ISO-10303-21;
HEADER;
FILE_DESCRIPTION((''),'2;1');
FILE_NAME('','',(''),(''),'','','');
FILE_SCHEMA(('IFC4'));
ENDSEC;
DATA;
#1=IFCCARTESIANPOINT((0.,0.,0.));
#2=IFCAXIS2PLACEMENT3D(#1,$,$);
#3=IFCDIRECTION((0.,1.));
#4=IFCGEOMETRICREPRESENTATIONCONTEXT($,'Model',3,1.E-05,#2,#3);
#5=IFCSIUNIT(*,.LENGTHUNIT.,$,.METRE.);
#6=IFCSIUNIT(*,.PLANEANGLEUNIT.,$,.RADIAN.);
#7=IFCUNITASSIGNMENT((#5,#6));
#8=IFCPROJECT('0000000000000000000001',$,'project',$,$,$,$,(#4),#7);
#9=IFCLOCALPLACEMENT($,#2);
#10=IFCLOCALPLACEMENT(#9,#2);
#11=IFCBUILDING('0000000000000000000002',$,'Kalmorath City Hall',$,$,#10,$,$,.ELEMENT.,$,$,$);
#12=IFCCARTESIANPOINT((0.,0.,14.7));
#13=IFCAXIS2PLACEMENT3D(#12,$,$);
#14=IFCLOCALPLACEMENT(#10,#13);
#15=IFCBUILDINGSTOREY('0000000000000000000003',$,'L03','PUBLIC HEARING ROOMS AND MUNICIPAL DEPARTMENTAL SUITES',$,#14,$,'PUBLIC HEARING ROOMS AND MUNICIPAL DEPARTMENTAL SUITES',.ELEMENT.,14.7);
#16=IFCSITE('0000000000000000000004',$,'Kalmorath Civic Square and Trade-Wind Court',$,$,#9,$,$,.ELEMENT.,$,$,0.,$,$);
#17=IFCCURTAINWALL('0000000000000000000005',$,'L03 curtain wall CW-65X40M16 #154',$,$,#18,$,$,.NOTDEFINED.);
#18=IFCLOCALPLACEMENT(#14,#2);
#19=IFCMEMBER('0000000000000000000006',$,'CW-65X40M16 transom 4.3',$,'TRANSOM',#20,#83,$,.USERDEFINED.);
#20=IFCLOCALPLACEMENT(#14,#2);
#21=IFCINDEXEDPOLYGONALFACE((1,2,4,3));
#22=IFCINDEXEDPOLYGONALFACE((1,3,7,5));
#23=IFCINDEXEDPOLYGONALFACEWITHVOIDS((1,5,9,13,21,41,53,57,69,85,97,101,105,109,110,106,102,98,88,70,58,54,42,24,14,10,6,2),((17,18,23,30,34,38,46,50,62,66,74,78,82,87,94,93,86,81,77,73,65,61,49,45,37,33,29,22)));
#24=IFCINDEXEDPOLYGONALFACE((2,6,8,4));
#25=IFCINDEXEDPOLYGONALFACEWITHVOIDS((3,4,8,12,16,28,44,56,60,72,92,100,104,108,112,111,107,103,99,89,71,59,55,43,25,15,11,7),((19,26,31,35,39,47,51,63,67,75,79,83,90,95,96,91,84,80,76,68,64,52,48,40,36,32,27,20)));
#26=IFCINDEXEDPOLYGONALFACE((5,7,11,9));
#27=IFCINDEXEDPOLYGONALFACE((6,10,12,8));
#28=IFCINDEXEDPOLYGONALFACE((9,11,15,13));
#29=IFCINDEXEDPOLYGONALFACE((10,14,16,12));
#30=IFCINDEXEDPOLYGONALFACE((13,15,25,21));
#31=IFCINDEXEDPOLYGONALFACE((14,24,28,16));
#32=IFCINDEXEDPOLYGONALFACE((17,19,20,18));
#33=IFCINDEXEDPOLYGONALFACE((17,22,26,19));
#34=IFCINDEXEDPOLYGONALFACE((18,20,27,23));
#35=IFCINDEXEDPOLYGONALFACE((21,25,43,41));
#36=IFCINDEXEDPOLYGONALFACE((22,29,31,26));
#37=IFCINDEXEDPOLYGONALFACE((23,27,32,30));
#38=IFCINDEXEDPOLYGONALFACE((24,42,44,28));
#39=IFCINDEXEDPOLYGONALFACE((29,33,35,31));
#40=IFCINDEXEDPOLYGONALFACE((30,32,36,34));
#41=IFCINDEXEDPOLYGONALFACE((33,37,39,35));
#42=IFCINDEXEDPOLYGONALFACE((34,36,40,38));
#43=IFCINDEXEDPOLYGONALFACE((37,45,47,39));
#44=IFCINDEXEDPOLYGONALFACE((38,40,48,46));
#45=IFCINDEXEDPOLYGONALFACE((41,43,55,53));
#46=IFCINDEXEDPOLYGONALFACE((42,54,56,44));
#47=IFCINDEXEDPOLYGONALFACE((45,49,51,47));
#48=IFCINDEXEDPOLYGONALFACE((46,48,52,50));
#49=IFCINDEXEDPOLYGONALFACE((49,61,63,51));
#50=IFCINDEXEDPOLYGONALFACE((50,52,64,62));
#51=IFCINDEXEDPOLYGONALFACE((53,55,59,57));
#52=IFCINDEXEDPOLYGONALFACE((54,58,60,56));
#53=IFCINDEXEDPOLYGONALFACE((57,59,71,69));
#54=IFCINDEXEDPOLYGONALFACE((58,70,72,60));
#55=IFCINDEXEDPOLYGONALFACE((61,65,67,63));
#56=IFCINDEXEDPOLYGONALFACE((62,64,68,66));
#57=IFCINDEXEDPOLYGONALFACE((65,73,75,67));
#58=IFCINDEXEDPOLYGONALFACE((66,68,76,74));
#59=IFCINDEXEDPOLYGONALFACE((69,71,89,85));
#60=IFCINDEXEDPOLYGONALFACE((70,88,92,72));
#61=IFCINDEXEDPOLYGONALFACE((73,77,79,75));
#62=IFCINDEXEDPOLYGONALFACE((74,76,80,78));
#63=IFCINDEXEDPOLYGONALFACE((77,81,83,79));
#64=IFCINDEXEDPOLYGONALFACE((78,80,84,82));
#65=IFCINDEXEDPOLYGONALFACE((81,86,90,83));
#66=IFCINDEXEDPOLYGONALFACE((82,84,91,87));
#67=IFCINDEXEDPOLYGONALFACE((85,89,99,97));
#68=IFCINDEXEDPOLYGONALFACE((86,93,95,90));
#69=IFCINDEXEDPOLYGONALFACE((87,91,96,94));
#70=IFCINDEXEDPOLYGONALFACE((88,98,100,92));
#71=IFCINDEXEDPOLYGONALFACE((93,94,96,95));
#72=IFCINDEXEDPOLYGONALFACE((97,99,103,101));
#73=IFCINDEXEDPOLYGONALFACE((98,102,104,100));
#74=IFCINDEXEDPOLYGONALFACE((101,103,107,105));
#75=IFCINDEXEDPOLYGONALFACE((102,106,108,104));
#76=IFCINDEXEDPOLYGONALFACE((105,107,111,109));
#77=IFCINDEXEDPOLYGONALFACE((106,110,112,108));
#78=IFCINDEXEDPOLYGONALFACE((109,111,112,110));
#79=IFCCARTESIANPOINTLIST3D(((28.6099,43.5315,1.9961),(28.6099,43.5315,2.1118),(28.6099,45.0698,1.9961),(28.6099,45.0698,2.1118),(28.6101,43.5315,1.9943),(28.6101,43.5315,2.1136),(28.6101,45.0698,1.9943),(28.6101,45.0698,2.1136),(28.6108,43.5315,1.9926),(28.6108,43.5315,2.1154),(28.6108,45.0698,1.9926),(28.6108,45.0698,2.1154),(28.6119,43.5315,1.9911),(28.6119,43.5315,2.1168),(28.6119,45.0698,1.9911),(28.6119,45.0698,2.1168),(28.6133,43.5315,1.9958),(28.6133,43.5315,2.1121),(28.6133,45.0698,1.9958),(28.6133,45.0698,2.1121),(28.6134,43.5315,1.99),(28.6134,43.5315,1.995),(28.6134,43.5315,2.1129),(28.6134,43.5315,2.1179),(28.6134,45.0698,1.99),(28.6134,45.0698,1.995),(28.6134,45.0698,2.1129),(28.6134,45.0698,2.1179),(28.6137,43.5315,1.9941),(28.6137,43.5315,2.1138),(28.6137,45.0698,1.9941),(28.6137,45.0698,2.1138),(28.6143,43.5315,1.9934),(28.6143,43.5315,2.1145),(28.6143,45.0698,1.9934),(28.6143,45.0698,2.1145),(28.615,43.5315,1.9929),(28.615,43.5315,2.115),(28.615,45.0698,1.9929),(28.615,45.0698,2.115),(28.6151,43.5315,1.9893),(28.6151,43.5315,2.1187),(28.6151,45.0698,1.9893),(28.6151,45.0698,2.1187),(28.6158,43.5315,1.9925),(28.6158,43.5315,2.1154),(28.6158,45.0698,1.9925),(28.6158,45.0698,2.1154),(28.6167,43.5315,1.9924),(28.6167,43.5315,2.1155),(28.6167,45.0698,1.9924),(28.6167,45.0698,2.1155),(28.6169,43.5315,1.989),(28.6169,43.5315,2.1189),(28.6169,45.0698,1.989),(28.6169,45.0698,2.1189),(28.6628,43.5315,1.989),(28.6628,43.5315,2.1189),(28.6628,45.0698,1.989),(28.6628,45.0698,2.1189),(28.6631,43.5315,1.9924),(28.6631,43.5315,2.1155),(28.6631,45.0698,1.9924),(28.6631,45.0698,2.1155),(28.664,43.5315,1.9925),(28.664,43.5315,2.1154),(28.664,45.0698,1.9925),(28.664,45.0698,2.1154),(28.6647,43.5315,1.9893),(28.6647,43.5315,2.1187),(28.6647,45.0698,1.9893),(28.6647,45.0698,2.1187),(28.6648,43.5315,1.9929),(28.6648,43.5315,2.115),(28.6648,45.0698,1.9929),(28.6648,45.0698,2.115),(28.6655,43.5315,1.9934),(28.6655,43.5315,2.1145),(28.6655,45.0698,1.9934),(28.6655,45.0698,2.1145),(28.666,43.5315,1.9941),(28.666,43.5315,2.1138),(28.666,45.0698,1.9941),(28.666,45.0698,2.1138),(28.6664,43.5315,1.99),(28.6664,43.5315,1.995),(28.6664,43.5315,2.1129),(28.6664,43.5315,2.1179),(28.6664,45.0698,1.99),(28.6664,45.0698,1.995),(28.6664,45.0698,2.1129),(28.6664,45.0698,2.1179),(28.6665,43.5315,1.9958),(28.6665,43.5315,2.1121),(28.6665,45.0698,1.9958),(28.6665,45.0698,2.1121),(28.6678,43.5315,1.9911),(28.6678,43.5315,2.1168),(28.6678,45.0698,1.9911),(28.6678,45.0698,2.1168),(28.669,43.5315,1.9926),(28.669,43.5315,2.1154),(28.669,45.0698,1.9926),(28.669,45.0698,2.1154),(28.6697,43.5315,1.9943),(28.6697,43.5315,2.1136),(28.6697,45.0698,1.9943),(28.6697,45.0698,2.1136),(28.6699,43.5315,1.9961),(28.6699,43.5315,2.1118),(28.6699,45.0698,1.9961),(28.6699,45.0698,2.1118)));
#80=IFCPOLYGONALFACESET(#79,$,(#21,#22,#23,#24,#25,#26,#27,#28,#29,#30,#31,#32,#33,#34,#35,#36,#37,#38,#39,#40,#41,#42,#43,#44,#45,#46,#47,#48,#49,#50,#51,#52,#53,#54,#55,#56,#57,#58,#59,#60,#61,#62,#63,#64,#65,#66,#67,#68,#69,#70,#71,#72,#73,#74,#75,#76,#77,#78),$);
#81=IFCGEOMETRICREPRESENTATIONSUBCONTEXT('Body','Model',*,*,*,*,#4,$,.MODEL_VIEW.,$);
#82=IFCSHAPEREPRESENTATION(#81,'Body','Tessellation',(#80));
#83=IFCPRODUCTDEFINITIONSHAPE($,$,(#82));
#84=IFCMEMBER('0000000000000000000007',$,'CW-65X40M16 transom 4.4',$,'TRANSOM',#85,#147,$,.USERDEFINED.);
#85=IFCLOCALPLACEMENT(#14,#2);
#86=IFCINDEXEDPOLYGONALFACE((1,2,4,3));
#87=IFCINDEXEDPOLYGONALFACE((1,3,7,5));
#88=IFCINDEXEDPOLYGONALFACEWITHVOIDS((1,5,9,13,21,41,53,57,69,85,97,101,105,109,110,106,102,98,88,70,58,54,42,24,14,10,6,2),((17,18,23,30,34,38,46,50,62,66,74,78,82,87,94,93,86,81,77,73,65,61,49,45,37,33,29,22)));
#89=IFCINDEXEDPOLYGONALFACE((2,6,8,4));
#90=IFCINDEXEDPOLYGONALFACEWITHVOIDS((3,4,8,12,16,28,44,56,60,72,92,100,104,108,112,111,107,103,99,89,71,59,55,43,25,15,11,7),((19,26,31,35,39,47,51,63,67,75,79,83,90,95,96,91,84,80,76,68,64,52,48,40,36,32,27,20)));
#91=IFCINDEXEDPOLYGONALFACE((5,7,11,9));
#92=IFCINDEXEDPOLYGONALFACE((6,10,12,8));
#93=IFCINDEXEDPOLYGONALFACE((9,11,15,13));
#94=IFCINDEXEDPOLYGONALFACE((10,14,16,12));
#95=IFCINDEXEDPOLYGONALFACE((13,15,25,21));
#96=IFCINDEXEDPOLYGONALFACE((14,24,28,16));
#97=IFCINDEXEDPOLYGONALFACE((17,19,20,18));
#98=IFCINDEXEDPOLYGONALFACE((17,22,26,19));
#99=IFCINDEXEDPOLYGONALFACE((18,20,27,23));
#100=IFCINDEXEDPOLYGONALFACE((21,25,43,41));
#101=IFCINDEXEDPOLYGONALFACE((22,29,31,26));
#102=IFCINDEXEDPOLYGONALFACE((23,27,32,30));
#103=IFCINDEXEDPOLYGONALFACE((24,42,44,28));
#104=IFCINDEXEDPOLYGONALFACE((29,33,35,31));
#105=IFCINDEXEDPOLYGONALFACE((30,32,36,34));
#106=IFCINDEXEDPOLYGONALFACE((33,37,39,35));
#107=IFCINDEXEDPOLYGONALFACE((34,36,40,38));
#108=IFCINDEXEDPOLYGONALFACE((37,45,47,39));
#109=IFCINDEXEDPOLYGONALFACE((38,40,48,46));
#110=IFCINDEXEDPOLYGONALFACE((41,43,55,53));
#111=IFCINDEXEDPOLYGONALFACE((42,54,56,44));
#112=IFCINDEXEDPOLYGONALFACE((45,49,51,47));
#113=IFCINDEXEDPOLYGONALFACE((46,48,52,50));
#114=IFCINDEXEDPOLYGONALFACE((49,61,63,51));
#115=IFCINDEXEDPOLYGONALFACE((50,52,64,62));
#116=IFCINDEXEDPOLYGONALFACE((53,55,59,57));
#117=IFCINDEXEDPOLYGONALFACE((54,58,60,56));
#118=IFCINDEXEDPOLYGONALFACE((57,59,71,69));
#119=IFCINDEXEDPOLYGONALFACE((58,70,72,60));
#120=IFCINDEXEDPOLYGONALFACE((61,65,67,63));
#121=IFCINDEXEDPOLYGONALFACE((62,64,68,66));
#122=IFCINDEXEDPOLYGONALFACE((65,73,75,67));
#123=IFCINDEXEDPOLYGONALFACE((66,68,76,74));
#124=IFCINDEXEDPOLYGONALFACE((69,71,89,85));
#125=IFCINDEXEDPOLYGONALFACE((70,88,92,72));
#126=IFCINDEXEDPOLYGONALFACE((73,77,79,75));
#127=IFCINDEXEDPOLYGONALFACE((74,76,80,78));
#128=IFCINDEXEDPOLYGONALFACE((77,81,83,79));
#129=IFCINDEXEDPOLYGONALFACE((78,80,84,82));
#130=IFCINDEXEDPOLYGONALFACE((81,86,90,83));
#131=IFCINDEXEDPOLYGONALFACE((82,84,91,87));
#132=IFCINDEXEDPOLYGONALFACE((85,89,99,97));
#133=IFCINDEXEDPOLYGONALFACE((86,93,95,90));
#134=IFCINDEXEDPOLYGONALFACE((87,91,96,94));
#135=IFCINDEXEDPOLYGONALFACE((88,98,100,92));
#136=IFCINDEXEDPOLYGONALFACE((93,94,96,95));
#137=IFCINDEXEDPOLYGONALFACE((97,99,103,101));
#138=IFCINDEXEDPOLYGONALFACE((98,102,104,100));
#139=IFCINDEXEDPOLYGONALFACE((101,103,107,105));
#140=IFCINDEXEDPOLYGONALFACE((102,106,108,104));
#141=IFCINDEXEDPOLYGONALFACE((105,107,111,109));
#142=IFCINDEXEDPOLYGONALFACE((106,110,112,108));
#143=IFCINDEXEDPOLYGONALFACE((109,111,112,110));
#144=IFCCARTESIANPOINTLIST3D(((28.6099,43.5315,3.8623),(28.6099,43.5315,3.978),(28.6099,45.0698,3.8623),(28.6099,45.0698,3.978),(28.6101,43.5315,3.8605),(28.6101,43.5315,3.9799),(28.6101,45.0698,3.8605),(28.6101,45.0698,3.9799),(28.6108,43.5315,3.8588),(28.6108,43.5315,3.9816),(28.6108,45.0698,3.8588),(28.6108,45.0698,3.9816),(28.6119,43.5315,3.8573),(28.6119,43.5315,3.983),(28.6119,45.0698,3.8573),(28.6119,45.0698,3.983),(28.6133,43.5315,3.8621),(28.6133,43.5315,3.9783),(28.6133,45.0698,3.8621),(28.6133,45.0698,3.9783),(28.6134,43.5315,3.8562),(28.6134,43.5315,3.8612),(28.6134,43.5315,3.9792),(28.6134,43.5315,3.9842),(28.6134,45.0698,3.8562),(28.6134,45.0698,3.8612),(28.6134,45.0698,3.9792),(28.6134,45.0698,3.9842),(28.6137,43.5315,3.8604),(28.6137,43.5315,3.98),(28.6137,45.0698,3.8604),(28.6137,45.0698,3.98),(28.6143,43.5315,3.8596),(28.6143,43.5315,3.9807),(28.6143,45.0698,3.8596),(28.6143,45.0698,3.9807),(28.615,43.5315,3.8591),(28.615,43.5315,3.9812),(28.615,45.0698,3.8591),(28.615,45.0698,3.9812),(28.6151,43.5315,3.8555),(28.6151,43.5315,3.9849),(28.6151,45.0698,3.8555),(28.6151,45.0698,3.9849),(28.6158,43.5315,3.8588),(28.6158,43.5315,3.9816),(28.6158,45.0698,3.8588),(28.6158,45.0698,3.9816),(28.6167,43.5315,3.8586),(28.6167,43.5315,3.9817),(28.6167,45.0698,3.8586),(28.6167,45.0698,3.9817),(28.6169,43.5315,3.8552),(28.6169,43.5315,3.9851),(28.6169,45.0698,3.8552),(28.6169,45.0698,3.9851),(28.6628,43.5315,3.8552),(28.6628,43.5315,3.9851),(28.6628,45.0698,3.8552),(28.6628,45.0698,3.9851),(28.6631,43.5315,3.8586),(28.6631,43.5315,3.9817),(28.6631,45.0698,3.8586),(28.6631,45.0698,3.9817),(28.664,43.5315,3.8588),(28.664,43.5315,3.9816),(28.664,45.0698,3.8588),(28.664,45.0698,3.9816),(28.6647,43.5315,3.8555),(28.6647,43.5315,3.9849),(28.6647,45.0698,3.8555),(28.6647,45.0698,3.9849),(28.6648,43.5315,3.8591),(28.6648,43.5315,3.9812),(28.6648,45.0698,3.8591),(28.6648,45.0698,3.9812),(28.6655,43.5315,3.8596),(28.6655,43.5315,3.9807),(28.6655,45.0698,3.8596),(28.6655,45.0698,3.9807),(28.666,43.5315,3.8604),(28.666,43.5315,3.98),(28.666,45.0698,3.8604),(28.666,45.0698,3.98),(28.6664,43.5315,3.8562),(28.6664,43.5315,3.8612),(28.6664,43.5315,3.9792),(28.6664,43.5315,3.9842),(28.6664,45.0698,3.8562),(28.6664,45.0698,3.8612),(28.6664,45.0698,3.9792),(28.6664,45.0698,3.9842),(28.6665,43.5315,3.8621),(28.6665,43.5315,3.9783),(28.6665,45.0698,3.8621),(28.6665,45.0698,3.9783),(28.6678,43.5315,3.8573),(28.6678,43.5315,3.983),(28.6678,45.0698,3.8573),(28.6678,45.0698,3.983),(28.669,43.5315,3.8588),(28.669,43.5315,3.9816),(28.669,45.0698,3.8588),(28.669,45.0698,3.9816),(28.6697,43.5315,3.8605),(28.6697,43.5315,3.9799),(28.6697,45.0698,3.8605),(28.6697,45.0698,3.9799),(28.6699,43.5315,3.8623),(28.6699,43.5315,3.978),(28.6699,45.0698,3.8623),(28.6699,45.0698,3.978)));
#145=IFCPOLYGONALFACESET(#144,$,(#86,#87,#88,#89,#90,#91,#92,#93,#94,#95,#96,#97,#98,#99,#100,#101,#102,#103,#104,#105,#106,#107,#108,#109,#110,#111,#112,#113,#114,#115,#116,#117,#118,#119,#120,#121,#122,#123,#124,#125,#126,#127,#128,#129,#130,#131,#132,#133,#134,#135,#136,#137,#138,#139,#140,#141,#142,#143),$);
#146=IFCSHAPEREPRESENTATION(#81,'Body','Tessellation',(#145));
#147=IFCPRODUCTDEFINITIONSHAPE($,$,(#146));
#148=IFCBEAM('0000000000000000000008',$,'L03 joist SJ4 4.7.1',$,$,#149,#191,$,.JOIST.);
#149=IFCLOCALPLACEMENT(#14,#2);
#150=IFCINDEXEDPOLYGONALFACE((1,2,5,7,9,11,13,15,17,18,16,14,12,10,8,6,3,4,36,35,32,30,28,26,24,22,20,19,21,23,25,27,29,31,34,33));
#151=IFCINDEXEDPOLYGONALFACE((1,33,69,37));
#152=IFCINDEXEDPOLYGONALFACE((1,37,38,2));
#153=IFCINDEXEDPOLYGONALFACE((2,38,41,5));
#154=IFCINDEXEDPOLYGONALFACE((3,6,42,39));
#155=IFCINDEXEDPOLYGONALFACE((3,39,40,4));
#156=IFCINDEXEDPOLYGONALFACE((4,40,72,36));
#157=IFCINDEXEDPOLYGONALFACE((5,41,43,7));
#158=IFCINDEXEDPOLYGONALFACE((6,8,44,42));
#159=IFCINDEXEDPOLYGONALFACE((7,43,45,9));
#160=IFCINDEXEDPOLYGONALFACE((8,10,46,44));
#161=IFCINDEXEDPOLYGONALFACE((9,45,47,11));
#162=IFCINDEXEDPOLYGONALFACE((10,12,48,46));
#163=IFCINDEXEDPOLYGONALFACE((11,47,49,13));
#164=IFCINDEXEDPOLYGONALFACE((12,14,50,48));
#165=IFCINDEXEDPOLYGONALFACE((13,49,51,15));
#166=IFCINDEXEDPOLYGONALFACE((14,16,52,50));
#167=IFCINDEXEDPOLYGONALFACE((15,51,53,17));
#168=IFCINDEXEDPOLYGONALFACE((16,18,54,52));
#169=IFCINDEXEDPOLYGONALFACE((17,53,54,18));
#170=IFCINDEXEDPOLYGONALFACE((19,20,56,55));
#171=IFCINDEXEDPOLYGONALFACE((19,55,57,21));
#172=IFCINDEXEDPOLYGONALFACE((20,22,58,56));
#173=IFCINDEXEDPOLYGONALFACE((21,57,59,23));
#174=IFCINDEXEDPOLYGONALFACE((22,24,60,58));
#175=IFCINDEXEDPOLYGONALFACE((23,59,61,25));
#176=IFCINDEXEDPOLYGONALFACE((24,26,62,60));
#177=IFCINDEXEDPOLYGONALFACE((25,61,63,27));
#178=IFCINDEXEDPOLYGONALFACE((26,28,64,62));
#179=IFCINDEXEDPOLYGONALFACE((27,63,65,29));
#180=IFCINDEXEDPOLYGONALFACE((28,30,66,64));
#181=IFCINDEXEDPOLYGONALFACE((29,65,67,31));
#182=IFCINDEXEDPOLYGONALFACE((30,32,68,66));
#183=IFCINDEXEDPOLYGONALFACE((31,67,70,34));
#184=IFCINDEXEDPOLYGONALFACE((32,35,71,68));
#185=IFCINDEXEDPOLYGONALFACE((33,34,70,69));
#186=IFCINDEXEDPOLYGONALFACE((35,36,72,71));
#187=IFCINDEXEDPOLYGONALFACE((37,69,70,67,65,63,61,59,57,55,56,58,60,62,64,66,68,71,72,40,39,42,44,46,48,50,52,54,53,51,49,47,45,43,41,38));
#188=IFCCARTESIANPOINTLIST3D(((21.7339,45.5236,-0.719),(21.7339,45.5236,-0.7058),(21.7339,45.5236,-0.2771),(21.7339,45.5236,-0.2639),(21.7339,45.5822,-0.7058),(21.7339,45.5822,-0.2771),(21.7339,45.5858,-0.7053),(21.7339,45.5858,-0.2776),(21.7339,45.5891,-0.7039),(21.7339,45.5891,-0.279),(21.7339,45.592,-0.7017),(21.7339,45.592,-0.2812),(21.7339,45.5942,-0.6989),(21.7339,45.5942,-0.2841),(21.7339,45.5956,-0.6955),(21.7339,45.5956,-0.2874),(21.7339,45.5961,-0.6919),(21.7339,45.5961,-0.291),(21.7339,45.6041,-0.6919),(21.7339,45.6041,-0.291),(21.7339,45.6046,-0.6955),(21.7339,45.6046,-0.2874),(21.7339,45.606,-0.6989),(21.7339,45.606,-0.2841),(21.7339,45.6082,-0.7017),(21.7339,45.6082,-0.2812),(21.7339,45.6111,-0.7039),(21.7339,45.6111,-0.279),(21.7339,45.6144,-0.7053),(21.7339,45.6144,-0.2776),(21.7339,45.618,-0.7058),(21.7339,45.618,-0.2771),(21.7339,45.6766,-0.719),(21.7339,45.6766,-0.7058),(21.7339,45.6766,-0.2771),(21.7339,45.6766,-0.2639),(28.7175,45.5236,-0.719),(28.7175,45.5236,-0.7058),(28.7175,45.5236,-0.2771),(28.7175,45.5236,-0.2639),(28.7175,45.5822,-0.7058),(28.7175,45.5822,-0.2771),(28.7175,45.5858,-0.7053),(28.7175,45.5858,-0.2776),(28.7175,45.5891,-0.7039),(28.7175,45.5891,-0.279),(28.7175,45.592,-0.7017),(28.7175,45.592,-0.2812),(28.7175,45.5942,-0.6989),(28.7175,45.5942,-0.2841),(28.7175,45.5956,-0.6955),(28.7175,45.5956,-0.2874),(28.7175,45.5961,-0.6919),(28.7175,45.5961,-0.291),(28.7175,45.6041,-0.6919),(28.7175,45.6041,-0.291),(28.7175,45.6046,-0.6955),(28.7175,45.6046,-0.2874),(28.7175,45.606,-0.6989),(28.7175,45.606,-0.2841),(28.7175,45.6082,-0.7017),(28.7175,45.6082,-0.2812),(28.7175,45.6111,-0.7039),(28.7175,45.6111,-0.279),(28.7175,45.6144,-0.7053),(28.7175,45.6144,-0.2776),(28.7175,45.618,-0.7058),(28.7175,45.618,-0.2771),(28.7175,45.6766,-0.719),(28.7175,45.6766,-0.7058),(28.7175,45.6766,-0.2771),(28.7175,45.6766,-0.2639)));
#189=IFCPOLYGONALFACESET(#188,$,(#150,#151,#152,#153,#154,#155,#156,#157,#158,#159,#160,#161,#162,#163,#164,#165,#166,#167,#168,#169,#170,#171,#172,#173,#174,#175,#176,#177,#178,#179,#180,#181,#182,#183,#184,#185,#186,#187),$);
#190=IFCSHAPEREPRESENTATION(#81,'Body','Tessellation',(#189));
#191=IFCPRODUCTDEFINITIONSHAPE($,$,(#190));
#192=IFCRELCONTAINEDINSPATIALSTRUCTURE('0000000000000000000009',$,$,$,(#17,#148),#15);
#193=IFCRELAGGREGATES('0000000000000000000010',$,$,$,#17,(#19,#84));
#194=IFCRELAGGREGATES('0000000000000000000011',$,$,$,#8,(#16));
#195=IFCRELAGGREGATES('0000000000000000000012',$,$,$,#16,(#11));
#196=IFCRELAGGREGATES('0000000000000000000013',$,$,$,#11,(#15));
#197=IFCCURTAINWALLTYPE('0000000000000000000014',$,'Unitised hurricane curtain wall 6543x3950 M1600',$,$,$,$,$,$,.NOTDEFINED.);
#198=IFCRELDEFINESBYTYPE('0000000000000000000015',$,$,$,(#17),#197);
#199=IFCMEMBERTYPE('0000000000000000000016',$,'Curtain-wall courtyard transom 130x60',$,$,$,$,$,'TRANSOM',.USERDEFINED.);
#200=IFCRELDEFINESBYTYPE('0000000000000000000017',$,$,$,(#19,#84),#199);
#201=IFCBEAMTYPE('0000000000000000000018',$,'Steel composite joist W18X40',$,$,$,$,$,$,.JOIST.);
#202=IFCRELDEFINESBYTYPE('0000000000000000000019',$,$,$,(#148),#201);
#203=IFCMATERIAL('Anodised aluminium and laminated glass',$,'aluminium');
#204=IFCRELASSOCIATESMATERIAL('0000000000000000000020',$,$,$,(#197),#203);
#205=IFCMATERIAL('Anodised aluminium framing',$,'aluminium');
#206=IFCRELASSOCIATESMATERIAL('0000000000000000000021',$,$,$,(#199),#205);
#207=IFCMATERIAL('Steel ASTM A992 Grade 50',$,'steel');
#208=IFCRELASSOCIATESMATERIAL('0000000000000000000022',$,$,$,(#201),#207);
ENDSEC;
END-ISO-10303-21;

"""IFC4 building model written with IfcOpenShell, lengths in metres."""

from ifc_helpers import new_model, si_unit, direction, frame, origin, origin_2d, place, context, subcontext, project, spatial, hollow_rectangle, i_section, extrude, material, material_profile, profile_set, type_object, element, aggregate, save


model = new_model("IFC4")

# Units and contexts
model_context = context("Model", 3, precision=1e-05, world=origin(), true_north=direction((0.0, 1.0)))
body_context = subcontext(model_context, "Body", "Model", "MODEL_VIEW")
ifc_project = project(units=[si_unit("LENGTHUNIT", "METRE"), si_unit("PLANEANGLEUNIT", "RADIAN")], contexts=[model_context])

# Site, building, storey
site_placement = place(None, origin())
site = spatial("IfcSite", under=ifc_project, at=site_placement, Name="Kalmorath Civic Square and Trade-Wind Court", CompositionType="ELEMENT", RefElevation=0.0)
building_placement = place(site_placement, origin())
building = spatial("IfcBuilding", under=site, at=building_placement, Name="Kalmorath City Hall", CompositionType="ELEMENT")
storey_placement = place(building_placement, frame((0.0, 0.0, 14.7)))
storey = spatial("IfcBuildingStorey", under=building, at=storey_placement, Name="L03", Description="PUBLIC HEARING ROOMS AND MUNICIPAL DEPARTMENTAL SUITES", LongName="PUBLIC HEARING ROOMS AND MUNICIPAL DEPARTMENTAL SUITES", CompositionType="ELEMENT", Elevation=14.7)

# Curtain wall, members
ifc_material_1 = material(Name="Anodised aluminium and laminated glass", Category="aluminium")
curtain_wall_type = type_object("IfcCurtainWallType", Name="Unitised hurricane curtain wall 6543x3950 M1600", PredefinedType="NOTDEFINED", material=ifc_material_1)
curtain_wall_placement = place(storey_placement, origin())
curtain_wall = element("IfcCurtainWall", 1, at=curtain_wall_placement, inside=storey, type_object=curtain_wall_type, Name="L03 curtain wall CW-65X40M16 #154", PredefinedType="NOTDEFINED")
ifc_material_2 = material(Name="Anodised aluminium framing", Category="aluminium")
ifc_material_profile_1 = material_profile(ifc_material_2, hollow_rectangle(XDim=0.0601, YDim=0.1299, WallThickness=0.0034, InnerFilletRadius=0.0034, OuterFilletRadius=0.0071, at=origin_2d()), Name="ALU-TRN-130X60X3.5")
ifc_profile_set_1 = profile_set([ifc_material_profile_1], Name="Anodised aluminium framing")
member_type_1 = type_object("IfcMemberType", Name="Curtain-wall courtyard transom 130x60", ElementType="TRANSOM", PredefinedType="USERDEFINED", material=ifc_profile_set_1)
member_1_placement = place(storey_placement, frame((28.6399, 45.0698, 2.054), z_axis=(0.0, -1.0, 0.0), x_axis=(1.0, 0.0, 0.0)))
member_1 = element("IfcMember", 2, at=member_1_placement, type_object=member_type_1, Name="CW-65X40M16 transom 4.3", ObjectType="TRANSOM", PredefinedType="USERDEFINED", context=body_context, shape_type="SweptSolid", body=[
    extrude(hollow_rectangle(XDim=0.0601, YDim=0.1299, WallThickness=0.0034, InnerFilletRadius=0.0034, OuterFilletRadius=0.0071, at=origin_2d()), origin(), (0.0, 0.0, 1.0), 1.5383),
])
member_2_placement = place(storey_placement, frame((28.6399, 45.0698, 3.9202), z_axis=(0.0, -1.0, 0.0), x_axis=(1.0, 0.0, 0.0)))
member_2 = element("IfcMember", 3, at=member_2_placement, type_object=member_type_1, Name="CW-65X40M16 transom 4.4", ObjectType="TRANSOM", PredefinedType="USERDEFINED", context=body_context, shape_type="SweptSolid", body=[
    extrude(hollow_rectangle(XDim=0.0601, YDim=0.1299, WallThickness=0.0034, InnerFilletRadius=0.0034, OuterFilletRadius=0.0071, at=origin_2d()), origin(), (0.0, 0.0, 1.0), 1.5383),
])

# Beam
ifc_material_3 = material(Name="Steel ASTM A992 Grade 50", Category="steel")
ifc_material_profile_2 = material_profile(ifc_material_3, i_section(OverallWidth=0.1531, OverallDepth=0.4551, WebThickness=0.0081, FlangeThickness=0.0132, FilletRadius=0.0139, at=origin_2d()), Name="W18X40")
ifc_profile_set_2 = profile_set([ifc_material_profile_2], Name="Steel ASTM A992 Grade 50")
beam_type_1 = type_object("IfcBeamType", Name="Steel composite joist W18X40", PredefinedType="JOIST", material=ifc_profile_set_2)
beam_1_placement = place(storey_placement, frame((21.7339, 45.6001, -0.4915), z_axis=(1.0, 0.0, 0.0), x_axis=(0.0, 1.0, 0.0)))
element("IfcBeam", 4, at=beam_1_placement, inside=storey, type_object=beam_type_1, Name="L03 joist SJ4 4.7.1", PredefinedType="JOIST", context=body_context, shape_type="SweptSolid", body=[
    extrude(i_section(OverallWidth=0.1531, OverallDepth=0.4551, WebThickness=0.0081, FlangeThickness=0.0132, FilletRadius=0.0139, at=origin_2d()), origin(), (0.0, 0.0, 1.0), 6.9836),
])

aggregate(curtain_wall, [member_1, member_2])

save(model, "model.ifc")
